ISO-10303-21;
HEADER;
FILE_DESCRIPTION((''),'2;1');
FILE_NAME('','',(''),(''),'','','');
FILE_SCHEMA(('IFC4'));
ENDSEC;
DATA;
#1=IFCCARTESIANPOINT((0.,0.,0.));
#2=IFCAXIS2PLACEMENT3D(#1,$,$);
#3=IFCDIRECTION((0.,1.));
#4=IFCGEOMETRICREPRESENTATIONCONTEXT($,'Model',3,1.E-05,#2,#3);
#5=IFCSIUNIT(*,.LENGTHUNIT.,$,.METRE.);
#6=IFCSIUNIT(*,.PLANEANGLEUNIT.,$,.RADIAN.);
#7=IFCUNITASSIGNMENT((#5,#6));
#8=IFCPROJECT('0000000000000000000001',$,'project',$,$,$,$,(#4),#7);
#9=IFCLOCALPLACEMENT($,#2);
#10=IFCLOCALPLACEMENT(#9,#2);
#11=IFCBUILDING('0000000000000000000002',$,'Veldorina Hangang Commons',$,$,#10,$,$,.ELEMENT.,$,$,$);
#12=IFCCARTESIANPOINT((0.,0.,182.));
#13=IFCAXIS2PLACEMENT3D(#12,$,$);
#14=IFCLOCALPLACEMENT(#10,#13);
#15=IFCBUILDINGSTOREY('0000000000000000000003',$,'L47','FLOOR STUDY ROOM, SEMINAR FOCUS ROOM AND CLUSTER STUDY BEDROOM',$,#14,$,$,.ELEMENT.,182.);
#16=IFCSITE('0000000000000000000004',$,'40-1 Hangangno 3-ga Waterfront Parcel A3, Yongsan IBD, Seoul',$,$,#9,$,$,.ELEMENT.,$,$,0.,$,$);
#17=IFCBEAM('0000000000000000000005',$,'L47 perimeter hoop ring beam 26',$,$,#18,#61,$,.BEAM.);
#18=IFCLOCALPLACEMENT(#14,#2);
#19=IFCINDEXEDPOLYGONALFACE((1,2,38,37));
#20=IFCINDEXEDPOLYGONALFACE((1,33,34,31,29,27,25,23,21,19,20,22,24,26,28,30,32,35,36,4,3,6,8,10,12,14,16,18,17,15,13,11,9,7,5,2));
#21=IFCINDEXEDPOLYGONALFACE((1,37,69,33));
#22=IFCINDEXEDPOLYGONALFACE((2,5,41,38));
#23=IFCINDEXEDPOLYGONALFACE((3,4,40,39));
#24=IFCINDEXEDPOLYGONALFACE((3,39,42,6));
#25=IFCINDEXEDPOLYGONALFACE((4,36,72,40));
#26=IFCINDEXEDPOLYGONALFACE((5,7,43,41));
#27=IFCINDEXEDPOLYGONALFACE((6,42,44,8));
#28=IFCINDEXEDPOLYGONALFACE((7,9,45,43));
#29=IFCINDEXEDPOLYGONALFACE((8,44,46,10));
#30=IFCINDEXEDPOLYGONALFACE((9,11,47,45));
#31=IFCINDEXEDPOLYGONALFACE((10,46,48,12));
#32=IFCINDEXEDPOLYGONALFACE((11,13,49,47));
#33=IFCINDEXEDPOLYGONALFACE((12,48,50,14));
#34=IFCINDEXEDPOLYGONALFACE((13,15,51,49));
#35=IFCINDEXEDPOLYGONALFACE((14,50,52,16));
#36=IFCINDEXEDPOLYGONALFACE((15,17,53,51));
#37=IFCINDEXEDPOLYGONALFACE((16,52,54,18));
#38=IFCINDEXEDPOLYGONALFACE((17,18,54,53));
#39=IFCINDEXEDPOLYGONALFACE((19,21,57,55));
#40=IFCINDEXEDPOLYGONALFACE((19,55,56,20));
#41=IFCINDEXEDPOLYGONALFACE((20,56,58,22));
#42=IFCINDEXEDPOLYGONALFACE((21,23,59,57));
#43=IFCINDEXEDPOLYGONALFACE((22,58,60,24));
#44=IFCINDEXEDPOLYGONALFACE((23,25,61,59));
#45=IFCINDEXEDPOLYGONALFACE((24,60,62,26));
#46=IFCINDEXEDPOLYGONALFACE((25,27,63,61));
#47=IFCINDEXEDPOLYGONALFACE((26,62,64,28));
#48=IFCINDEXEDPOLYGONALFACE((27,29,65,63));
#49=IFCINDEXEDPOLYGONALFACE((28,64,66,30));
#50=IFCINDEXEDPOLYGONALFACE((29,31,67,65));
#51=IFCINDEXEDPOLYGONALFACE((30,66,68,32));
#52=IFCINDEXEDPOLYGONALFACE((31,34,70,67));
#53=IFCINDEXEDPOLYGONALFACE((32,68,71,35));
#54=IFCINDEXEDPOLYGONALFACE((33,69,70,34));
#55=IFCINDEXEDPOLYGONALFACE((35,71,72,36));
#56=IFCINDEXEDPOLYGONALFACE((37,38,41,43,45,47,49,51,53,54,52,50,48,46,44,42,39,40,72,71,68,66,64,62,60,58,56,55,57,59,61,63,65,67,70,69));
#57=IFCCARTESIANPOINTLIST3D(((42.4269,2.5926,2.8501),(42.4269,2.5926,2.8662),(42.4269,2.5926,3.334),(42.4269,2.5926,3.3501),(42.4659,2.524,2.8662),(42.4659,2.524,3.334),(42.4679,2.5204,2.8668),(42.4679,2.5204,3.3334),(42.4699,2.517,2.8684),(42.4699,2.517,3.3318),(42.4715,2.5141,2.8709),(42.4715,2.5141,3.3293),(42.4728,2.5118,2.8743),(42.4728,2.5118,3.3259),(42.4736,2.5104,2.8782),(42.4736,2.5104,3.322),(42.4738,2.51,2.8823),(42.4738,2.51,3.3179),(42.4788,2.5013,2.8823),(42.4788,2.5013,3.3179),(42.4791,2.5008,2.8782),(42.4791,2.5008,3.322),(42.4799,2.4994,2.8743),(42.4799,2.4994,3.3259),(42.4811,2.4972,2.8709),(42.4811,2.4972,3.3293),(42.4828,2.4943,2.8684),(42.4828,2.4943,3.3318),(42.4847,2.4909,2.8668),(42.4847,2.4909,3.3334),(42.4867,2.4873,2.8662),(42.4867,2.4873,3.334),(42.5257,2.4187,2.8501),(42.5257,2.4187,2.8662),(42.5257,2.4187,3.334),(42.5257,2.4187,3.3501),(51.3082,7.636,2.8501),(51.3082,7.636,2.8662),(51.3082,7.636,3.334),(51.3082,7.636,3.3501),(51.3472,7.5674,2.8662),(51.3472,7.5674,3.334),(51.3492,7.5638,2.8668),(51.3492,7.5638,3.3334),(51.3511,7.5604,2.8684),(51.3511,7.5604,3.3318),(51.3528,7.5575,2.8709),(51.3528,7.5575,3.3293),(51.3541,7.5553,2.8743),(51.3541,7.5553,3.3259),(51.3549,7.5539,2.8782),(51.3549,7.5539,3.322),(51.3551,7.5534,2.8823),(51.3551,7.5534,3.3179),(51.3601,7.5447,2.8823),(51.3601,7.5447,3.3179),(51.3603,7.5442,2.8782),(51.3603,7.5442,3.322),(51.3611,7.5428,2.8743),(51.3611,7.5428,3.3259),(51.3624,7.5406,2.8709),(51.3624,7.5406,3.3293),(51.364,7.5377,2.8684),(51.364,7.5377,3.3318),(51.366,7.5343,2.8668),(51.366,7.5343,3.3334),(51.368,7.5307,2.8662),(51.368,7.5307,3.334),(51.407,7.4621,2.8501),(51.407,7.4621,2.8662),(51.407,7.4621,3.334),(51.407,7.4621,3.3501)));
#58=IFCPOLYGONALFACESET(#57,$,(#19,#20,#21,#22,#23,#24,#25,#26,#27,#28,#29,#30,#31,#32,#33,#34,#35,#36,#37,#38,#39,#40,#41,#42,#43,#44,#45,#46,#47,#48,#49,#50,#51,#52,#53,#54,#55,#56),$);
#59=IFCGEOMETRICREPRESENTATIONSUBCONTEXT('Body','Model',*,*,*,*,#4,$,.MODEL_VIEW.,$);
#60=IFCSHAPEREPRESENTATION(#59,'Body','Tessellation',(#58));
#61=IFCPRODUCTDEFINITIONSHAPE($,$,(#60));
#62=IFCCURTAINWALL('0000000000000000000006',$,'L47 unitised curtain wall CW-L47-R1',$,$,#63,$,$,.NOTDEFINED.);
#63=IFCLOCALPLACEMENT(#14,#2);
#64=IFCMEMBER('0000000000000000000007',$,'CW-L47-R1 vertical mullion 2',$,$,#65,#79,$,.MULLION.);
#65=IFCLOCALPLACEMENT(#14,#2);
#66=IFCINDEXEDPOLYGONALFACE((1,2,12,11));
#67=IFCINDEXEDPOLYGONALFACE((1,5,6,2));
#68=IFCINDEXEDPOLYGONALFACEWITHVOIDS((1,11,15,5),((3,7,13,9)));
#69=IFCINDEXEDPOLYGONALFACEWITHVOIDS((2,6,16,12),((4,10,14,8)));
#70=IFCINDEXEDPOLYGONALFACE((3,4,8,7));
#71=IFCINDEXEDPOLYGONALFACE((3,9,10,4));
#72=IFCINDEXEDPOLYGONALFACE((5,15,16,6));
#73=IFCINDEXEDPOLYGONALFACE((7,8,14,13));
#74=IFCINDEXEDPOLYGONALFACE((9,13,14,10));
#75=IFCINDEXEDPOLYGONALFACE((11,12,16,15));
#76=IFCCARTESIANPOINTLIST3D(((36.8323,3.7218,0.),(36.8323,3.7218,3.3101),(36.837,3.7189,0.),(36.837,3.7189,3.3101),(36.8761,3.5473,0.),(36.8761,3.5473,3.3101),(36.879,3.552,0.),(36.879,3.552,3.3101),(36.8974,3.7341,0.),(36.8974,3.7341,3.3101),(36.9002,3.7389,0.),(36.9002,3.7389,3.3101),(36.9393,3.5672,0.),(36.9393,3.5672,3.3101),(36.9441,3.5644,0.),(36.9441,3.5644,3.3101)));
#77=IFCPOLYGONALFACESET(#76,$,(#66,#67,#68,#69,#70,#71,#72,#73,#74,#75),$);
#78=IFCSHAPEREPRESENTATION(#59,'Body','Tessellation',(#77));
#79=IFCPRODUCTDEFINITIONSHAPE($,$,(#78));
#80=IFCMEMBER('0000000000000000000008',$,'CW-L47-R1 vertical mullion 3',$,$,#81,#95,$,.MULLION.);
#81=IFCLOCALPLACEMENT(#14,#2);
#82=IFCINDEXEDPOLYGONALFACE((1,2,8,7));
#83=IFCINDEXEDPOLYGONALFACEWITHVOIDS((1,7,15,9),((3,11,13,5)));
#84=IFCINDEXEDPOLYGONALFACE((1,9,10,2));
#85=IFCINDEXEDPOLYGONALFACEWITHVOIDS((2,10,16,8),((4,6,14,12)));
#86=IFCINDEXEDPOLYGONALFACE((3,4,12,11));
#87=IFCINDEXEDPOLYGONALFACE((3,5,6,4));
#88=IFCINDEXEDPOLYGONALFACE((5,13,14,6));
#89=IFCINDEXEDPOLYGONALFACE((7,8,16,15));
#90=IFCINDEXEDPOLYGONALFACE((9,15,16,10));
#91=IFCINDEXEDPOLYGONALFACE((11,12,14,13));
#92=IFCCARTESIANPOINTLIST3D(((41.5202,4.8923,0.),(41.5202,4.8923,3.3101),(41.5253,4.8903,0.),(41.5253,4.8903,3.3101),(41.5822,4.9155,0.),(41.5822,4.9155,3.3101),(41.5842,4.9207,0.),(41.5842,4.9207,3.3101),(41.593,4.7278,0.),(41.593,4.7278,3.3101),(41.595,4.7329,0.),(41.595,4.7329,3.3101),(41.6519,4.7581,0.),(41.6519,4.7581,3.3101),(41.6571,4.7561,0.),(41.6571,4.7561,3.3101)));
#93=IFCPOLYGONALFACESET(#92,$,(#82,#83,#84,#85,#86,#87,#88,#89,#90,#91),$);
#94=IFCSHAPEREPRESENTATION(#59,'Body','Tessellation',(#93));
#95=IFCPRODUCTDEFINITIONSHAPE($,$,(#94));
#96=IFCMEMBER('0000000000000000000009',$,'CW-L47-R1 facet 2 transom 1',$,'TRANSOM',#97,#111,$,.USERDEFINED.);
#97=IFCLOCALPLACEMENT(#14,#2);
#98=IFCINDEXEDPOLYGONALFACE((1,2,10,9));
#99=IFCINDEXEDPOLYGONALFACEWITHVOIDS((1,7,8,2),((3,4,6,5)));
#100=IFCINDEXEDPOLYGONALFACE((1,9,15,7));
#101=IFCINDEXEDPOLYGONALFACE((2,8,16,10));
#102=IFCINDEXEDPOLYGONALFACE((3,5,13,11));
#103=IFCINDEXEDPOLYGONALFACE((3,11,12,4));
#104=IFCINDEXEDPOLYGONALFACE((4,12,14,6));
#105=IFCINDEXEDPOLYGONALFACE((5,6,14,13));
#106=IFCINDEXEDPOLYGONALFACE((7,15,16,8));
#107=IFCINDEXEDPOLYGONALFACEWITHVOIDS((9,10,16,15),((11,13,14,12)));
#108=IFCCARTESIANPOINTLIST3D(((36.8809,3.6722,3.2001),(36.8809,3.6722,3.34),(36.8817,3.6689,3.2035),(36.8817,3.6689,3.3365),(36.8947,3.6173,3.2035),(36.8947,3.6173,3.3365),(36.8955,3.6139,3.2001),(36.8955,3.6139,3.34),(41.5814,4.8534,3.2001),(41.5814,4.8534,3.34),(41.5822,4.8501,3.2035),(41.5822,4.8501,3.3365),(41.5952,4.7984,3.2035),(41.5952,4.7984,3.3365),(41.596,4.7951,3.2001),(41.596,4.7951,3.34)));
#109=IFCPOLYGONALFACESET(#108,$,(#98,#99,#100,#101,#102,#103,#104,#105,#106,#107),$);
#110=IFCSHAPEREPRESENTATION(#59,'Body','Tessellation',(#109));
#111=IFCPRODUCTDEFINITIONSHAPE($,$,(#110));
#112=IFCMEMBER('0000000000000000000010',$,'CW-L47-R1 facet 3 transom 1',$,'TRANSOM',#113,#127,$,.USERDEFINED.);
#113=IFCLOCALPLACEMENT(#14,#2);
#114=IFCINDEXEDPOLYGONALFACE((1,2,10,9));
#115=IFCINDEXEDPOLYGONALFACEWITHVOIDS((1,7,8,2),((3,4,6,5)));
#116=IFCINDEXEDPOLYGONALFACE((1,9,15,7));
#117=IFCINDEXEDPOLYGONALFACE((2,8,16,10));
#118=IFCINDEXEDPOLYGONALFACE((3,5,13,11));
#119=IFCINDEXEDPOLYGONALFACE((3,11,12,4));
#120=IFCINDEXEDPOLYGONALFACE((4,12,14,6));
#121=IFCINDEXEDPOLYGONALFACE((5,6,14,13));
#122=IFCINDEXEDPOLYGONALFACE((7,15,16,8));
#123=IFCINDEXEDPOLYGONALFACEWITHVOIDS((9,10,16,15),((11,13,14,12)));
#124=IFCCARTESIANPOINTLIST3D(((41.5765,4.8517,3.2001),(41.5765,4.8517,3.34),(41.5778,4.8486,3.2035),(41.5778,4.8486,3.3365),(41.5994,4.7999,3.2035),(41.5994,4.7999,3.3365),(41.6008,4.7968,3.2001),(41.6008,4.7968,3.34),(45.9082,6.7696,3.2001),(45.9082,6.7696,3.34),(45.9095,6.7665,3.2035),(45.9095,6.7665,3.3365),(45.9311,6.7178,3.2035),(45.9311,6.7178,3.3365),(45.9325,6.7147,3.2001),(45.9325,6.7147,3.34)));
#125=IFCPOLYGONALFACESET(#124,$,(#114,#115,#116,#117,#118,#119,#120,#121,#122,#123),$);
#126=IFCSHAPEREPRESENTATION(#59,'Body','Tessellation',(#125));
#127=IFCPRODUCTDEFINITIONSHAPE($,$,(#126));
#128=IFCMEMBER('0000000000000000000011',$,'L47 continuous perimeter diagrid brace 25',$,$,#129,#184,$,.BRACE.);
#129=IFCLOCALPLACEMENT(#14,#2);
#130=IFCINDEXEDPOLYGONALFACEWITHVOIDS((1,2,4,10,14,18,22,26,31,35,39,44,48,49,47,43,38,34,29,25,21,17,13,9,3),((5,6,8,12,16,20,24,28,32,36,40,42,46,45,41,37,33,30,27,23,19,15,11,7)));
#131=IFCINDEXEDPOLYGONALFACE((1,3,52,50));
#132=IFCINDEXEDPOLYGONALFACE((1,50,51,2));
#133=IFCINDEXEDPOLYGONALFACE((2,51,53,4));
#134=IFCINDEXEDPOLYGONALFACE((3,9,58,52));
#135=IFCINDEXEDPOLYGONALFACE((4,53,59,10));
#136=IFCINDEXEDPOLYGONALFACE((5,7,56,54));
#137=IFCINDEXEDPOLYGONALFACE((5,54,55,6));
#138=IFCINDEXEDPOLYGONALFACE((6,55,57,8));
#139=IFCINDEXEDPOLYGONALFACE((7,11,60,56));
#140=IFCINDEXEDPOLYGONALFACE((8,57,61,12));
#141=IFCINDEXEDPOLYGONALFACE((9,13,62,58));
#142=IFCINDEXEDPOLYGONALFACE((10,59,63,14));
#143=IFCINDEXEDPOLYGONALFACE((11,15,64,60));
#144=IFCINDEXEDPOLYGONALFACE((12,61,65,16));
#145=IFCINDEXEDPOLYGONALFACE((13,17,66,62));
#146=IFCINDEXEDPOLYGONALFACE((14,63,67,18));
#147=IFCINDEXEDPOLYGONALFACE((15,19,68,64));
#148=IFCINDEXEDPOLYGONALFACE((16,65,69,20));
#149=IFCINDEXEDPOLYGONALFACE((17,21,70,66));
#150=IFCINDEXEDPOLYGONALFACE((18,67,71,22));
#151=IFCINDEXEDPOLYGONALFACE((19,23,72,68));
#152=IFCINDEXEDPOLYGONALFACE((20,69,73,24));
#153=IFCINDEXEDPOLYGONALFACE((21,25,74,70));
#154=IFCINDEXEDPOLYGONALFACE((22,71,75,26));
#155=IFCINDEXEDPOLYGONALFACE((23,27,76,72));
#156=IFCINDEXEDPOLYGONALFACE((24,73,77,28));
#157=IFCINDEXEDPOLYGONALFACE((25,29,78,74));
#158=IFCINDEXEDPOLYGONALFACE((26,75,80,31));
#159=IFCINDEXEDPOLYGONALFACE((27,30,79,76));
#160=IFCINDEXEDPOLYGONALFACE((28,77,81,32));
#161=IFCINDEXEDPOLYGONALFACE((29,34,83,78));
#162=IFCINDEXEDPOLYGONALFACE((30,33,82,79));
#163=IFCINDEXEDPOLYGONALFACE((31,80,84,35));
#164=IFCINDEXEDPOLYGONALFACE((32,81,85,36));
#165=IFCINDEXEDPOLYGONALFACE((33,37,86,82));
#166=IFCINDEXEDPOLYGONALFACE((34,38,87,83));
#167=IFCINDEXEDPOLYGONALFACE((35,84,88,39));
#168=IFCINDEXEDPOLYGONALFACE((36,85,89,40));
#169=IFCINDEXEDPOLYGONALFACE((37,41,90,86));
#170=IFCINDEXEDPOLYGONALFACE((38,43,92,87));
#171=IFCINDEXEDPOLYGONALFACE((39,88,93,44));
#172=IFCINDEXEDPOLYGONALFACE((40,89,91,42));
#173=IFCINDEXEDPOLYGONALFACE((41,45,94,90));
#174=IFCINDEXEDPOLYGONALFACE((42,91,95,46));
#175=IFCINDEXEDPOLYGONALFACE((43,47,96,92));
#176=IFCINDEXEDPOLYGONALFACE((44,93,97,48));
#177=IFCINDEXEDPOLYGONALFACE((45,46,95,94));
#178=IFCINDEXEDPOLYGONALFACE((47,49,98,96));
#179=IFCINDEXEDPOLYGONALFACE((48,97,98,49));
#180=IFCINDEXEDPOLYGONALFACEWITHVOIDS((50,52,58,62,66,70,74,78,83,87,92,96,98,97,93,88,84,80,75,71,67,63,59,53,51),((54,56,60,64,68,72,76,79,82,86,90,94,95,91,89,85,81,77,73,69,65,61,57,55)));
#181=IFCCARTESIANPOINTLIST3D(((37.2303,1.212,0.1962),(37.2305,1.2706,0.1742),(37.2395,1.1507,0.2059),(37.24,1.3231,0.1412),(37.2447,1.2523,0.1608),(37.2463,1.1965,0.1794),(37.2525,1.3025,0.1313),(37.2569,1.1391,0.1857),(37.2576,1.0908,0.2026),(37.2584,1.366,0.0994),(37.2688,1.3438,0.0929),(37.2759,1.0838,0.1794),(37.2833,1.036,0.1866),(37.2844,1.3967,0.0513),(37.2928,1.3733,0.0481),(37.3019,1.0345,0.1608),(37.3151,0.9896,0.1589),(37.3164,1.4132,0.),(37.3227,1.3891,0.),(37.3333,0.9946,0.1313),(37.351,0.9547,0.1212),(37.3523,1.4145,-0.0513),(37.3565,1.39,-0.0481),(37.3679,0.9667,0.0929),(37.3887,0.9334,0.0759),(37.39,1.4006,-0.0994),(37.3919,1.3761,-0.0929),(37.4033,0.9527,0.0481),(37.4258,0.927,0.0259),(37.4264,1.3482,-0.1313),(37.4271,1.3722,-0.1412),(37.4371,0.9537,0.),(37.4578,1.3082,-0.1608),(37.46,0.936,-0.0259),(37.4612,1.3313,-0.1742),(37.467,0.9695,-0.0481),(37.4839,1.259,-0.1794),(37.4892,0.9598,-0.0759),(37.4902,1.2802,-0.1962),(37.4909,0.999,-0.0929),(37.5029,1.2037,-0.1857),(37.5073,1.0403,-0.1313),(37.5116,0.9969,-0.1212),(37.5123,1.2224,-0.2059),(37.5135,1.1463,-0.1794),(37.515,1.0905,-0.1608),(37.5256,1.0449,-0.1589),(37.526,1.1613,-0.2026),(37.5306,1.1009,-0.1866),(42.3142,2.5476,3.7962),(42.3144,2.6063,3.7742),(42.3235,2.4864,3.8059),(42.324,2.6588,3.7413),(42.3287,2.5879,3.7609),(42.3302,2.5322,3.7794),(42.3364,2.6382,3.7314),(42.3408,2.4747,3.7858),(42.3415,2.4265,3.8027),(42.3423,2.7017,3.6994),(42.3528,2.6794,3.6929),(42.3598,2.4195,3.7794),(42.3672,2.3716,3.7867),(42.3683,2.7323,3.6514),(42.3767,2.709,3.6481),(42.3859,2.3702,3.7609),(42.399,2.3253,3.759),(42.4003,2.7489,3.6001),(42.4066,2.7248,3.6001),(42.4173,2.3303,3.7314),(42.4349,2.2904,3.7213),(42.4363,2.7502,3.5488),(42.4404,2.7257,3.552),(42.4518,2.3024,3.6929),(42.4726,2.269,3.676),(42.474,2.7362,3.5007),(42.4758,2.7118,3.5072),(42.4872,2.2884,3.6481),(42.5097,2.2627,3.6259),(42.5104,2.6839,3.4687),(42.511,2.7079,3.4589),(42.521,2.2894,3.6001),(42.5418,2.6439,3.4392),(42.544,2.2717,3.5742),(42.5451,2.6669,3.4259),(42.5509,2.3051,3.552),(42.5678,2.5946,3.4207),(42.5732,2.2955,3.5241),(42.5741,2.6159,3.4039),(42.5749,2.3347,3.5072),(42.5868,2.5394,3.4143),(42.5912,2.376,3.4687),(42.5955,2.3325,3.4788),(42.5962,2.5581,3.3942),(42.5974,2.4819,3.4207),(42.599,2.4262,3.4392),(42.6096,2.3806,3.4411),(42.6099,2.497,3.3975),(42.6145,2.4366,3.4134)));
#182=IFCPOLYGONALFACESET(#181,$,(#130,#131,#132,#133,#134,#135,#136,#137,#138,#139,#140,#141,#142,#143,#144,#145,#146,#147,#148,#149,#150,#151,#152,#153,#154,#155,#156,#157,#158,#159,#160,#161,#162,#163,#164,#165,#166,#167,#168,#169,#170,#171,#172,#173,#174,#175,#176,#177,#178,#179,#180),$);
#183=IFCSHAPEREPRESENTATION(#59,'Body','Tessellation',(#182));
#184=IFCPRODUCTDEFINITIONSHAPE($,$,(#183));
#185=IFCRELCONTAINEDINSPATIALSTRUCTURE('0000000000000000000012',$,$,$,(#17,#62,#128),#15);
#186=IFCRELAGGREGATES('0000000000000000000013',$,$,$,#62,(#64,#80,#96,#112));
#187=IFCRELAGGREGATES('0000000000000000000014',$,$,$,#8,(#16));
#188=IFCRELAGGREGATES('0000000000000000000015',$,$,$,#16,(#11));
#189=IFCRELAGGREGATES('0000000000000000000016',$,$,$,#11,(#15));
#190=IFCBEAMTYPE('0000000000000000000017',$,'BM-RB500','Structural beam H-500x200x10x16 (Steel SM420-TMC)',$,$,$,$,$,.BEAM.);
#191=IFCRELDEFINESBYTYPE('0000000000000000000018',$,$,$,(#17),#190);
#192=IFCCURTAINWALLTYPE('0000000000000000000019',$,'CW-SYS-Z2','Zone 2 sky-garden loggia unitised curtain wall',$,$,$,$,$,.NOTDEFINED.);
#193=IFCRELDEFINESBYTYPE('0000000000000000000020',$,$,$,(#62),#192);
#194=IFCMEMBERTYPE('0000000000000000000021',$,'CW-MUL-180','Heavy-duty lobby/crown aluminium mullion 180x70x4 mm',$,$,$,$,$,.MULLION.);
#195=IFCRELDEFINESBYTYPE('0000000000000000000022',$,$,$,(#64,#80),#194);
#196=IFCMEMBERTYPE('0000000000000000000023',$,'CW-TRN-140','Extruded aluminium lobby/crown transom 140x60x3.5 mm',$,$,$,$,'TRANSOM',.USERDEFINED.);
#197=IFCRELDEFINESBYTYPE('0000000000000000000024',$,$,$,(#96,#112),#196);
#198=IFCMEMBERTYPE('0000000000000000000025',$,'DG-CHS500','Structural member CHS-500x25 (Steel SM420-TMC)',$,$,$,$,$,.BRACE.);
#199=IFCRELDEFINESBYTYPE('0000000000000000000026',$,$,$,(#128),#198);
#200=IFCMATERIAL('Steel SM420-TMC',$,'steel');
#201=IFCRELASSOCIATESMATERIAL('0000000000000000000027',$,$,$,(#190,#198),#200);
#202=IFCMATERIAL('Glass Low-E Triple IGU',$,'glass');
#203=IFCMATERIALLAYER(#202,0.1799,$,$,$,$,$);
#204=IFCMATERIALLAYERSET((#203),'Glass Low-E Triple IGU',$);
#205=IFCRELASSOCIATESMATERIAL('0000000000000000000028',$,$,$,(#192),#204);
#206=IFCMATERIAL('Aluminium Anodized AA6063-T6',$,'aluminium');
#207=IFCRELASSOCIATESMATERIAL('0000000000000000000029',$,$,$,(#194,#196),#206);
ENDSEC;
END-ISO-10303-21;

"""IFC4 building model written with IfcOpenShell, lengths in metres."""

from ifc_helpers import new_model, si_unit, direction, frame, origin, origin_2d, place, context, subcontext, project, spatial, hollow_rectangle, hollow_circle, i_section, extrude, material, layer, layer_set, material_profile, profile_set, type_object, element, aggregate, save


model = new_model("IFC4")

# Units and contexts
model_context = context("Model", 3, precision=1e-05, world=origin(), true_north=direction((0.0, 1.0)))
body_context = subcontext(model_context, "Body", "Model", "MODEL_VIEW")
ifc_project = project(units=[si_unit("LENGTHUNIT", "METRE"), si_unit("PLANEANGLEUNIT", "RADIAN")], contexts=[model_context])

# Site, building, storey
site_placement = place(None, origin())
site = spatial("IfcSite", under=ifc_project, at=site_placement, Name="40-1 Hangangno 3-ga Waterfront Parcel A3, Yongsan IBD, Seoul", CompositionType="ELEMENT", RefElevation=0.0)
building_placement = place(site_placement, origin())
building = spatial("IfcBuilding", under=site, at=building_placement, Name="Veldorina Hangang Commons", CompositionType="ELEMENT")
storey_placement = place(building_placement, frame((0.0, 0.0, 182.0)))
storey = spatial("IfcBuildingStorey", under=building, at=storey_placement, Name="L47", Description="FLOOR STUDY ROOM, SEMINAR FOCUS ROOM AND CLUSTER STUDY BEDROOM", CompositionType="ELEMENT", Elevation=182.0)

# Beam
ifc_material_1 = material(Name="Steel SM420-TMC", Category="steel")
ifc_material_profile_1 = material_profile(ifc_material_1, i_section(OverallWidth=0.2, OverallDepth=0.5, WebThickness=0.01, FlangeThickness=0.0161, FilletRadius=0.0161, at=origin_2d()), Name="H-500x200x10x16")
ifc_profile_set_1 = profile_set([ifc_material_profile_1], Name="Steel SM420-TMC")
beam_type = type_object("IfcBeamType", Name="BM-RB500", Description="Structural beam H-500x200x10x16 (Steel SM420-TMC)", PredefinedType="BEAM", material=ifc_profile_set_1)
beam_placement = place(storey_placement, frame((42.4763, 2.5056, 3.1001), z_axis=(0.869573, 0.493805, 0.0), x_axis=(-0.493805, 0.869573, 0.0)))
element("IfcBeam", 1, at=beam_placement, inside=storey, type_object=beam_type, Name="L47 perimeter hoop ring beam 26", PredefinedType="BEAM", context=body_context, shape_type="SweptSolid", body=[
    extrude(i_section(OverallWidth=0.2, OverallDepth=0.5, WebThickness=0.01, FlangeThickness=0.0161, FilletRadius=0.0161, at=origin_2d()), origin(), (0.0, 0.0, 1.0), 10.2134),
])

# Curtain wall, members
ifc_material_2 = material(Name="Glass Low-E Triple IGU", Category="glass")
ifc_layer_1 = layer(ifc_material_2, 0.1799)
ifc_layer_set_1 = layer_set([ifc_layer_1], Name="Glass Low-E Triple IGU")
curtain_wall_type = type_object("IfcCurtainWallType", Name="CW-SYS-Z2", Description="Zone 2 sky-garden loggia unitised curtain wall", PredefinedType="NOTDEFINED", material=ifc_layer_set_1)
curtain_wall_placement = place(storey_placement, origin())
curtain_wall = element("IfcCurtainWall", 2, at=curtain_wall_placement, inside=storey, type_object=curtain_wall_type, Name="L47 unitised curtain wall CW-L47-R1", PredefinedType="NOTDEFINED")
ifc_material_3 = material(Name="Aluminium Anodized AA6063-T6", Category="aluminium")
ifc_material_profile_2 = material_profile(ifc_material_3, hollow_rectangle(XDim=0.0701, YDim=0.1799, WallThickness=0.0039, at=origin_2d()), Name="ALU-RHS-180x70x4")
ifc_profile_set_2 = profile_set([ifc_material_profile_2], Name="Aluminium Anodized AA6063-T6")
member_type_1 = type_object("IfcMemberType", Name="CW-MUL-180", Description="Heavy-duty lobby/crown aluminium mullion 180x70x4 mm", PredefinedType="MULLION", material=ifc_profile_set_2)
member_1_placement = place(storey_placement, frame((36.8882, 3.6431, 0.0), z_axis=(0.0, 0.0, 1.0), x_axis=(0.969851, 0.2437, 0.0)))
member_1 = element("IfcMember", 3, at=member_1_placement, type_object=member_type_1, Name="CW-L47-R1 vertical mullion 2", PredefinedType="MULLION", context=body_context, shape_type="SweptSolid", body=[
    extrude(hollow_rectangle(XDim=0.0701, YDim=0.1799, WallThickness=0.0039, at=origin_2d()), origin(), (0.0, 0.0, 1.0), 3.3101),
])
member_2_placement = place(storey_placement, frame((41.5886, 4.8242, 0.0), z_axis=(0.0, 0.0, 1.0), x_axis=(0.914374, 0.40487, 0.0)))
member_2 = element("IfcMember", 4, at=member_2_placement, type_object=member_type_1, Name="CW-L47-R1 vertical mullion 3", PredefinedType="MULLION", context=body_context, shape_type="SweptSolid", body=[
    extrude(hollow_rectangle(XDim=0.0701, YDim=0.1799, WallThickness=0.0039, at=origin_2d()), origin(), (0.0, 0.0, 1.0), 3.3101),
])
ifc_material_profile_3 = material_profile(ifc_material_3, hollow_rectangle(XDim=0.0601, YDim=0.1399, WallThickness=0.0034, at=origin_2d()), Name="ALU-RHS-140x60x3.5")
ifc_profile_set_3 = profile_set([ifc_material_profile_3], Name="Aluminium Anodized AA6063-T6")
member_type_2 = type_object("IfcMemberType", Name="CW-TRN-140", Description="Extruded aluminium lobby/crown transom 140x60x3.5 mm", ElementType="TRANSOM", PredefinedType="USERDEFINED", material=ifc_profile_set_3)
member_3_placement = place(storey_placement, frame((36.8882, 3.6431, 3.27), z_axis=(0.969848, 0.243709, 0.0), x_axis=(-0.243709, 0.969848, 0.0)))
member_3 = element("IfcMember", 5, at=member_3_placement, type_object=member_type_2, Name="CW-L47-R1 facet 2 transom 1", ObjectType="TRANSOM", PredefinedType="USERDEFINED", context=body_context, shape_type="SweptSolid", body=[
    extrude(hollow_rectangle(XDim=0.0601, YDim=0.1399, WallThickness=0.0034, at=origin_2d()), origin(), (0.0, 0.0, 1.0), 4.8467),
])
member_4_placement = place(storey_placement, frame((41.5886, 4.8242, 3.27), z_axis=(0.91438, 0.404857, 0.0), x_axis=(-0.404857, 0.91438, 0.0)))
member_4 = element("IfcMember", 6, at=member_4_placement, type_object=member_type_2, Name="CW-L47-R1 facet 3 transom 1", ObjectType="TRANSOM", PredefinedType="USERDEFINED", context=body_context, shape_type="SweptSolid", body=[
    extrude(hollow_rectangle(XDim=0.0601, YDim=0.1399, WallThickness=0.0034, at=origin_2d()), origin(), (0.0, 0.0, 1.0), 4.7373),
])

# Member
ifc_material_profile_4 = material_profile(ifc_material_1, hollow_circle(Radius=0.25, WallThickness=0.0249, at=origin_2d()), Name="CHS-500x25")
ifc_profile_set_4 = profile_set([ifc_material_profile_4], Name="Steel SM420-TMC")
member_type_3 = type_object("IfcMemberType", Name="DG-CHS500", Description="Structural member CHS-500x25 (Steel SM420-TMC)", PredefinedType="BRACE", material=ifc_profile_set_4)
member_5_placement = place(storey_placement, frame((37.3799, 1.1714, 0.0), z_axis=(0.797968, 0.209647, 0.565062), x_axis=(-0.254102, 0.967177, 0.0)))
element("IfcMember", 7, at=member_5_placement, inside=storey, type_object=member_type_3, Name="L47 continuous perimeter diagrid brace 25", PredefinedType="BRACE", context=body_context, shape_type="SweptSolid", body=[
    extrude(hollow_circle(Radius=0.25, WallThickness=0.0249, at=origin_2d()), origin(), (0.0, 0.0, 1.0), 6.3711),
])

aggregate(curtain_wall, [member_1, member_2, member_3, member_4])

save(model, "model.ifc")
